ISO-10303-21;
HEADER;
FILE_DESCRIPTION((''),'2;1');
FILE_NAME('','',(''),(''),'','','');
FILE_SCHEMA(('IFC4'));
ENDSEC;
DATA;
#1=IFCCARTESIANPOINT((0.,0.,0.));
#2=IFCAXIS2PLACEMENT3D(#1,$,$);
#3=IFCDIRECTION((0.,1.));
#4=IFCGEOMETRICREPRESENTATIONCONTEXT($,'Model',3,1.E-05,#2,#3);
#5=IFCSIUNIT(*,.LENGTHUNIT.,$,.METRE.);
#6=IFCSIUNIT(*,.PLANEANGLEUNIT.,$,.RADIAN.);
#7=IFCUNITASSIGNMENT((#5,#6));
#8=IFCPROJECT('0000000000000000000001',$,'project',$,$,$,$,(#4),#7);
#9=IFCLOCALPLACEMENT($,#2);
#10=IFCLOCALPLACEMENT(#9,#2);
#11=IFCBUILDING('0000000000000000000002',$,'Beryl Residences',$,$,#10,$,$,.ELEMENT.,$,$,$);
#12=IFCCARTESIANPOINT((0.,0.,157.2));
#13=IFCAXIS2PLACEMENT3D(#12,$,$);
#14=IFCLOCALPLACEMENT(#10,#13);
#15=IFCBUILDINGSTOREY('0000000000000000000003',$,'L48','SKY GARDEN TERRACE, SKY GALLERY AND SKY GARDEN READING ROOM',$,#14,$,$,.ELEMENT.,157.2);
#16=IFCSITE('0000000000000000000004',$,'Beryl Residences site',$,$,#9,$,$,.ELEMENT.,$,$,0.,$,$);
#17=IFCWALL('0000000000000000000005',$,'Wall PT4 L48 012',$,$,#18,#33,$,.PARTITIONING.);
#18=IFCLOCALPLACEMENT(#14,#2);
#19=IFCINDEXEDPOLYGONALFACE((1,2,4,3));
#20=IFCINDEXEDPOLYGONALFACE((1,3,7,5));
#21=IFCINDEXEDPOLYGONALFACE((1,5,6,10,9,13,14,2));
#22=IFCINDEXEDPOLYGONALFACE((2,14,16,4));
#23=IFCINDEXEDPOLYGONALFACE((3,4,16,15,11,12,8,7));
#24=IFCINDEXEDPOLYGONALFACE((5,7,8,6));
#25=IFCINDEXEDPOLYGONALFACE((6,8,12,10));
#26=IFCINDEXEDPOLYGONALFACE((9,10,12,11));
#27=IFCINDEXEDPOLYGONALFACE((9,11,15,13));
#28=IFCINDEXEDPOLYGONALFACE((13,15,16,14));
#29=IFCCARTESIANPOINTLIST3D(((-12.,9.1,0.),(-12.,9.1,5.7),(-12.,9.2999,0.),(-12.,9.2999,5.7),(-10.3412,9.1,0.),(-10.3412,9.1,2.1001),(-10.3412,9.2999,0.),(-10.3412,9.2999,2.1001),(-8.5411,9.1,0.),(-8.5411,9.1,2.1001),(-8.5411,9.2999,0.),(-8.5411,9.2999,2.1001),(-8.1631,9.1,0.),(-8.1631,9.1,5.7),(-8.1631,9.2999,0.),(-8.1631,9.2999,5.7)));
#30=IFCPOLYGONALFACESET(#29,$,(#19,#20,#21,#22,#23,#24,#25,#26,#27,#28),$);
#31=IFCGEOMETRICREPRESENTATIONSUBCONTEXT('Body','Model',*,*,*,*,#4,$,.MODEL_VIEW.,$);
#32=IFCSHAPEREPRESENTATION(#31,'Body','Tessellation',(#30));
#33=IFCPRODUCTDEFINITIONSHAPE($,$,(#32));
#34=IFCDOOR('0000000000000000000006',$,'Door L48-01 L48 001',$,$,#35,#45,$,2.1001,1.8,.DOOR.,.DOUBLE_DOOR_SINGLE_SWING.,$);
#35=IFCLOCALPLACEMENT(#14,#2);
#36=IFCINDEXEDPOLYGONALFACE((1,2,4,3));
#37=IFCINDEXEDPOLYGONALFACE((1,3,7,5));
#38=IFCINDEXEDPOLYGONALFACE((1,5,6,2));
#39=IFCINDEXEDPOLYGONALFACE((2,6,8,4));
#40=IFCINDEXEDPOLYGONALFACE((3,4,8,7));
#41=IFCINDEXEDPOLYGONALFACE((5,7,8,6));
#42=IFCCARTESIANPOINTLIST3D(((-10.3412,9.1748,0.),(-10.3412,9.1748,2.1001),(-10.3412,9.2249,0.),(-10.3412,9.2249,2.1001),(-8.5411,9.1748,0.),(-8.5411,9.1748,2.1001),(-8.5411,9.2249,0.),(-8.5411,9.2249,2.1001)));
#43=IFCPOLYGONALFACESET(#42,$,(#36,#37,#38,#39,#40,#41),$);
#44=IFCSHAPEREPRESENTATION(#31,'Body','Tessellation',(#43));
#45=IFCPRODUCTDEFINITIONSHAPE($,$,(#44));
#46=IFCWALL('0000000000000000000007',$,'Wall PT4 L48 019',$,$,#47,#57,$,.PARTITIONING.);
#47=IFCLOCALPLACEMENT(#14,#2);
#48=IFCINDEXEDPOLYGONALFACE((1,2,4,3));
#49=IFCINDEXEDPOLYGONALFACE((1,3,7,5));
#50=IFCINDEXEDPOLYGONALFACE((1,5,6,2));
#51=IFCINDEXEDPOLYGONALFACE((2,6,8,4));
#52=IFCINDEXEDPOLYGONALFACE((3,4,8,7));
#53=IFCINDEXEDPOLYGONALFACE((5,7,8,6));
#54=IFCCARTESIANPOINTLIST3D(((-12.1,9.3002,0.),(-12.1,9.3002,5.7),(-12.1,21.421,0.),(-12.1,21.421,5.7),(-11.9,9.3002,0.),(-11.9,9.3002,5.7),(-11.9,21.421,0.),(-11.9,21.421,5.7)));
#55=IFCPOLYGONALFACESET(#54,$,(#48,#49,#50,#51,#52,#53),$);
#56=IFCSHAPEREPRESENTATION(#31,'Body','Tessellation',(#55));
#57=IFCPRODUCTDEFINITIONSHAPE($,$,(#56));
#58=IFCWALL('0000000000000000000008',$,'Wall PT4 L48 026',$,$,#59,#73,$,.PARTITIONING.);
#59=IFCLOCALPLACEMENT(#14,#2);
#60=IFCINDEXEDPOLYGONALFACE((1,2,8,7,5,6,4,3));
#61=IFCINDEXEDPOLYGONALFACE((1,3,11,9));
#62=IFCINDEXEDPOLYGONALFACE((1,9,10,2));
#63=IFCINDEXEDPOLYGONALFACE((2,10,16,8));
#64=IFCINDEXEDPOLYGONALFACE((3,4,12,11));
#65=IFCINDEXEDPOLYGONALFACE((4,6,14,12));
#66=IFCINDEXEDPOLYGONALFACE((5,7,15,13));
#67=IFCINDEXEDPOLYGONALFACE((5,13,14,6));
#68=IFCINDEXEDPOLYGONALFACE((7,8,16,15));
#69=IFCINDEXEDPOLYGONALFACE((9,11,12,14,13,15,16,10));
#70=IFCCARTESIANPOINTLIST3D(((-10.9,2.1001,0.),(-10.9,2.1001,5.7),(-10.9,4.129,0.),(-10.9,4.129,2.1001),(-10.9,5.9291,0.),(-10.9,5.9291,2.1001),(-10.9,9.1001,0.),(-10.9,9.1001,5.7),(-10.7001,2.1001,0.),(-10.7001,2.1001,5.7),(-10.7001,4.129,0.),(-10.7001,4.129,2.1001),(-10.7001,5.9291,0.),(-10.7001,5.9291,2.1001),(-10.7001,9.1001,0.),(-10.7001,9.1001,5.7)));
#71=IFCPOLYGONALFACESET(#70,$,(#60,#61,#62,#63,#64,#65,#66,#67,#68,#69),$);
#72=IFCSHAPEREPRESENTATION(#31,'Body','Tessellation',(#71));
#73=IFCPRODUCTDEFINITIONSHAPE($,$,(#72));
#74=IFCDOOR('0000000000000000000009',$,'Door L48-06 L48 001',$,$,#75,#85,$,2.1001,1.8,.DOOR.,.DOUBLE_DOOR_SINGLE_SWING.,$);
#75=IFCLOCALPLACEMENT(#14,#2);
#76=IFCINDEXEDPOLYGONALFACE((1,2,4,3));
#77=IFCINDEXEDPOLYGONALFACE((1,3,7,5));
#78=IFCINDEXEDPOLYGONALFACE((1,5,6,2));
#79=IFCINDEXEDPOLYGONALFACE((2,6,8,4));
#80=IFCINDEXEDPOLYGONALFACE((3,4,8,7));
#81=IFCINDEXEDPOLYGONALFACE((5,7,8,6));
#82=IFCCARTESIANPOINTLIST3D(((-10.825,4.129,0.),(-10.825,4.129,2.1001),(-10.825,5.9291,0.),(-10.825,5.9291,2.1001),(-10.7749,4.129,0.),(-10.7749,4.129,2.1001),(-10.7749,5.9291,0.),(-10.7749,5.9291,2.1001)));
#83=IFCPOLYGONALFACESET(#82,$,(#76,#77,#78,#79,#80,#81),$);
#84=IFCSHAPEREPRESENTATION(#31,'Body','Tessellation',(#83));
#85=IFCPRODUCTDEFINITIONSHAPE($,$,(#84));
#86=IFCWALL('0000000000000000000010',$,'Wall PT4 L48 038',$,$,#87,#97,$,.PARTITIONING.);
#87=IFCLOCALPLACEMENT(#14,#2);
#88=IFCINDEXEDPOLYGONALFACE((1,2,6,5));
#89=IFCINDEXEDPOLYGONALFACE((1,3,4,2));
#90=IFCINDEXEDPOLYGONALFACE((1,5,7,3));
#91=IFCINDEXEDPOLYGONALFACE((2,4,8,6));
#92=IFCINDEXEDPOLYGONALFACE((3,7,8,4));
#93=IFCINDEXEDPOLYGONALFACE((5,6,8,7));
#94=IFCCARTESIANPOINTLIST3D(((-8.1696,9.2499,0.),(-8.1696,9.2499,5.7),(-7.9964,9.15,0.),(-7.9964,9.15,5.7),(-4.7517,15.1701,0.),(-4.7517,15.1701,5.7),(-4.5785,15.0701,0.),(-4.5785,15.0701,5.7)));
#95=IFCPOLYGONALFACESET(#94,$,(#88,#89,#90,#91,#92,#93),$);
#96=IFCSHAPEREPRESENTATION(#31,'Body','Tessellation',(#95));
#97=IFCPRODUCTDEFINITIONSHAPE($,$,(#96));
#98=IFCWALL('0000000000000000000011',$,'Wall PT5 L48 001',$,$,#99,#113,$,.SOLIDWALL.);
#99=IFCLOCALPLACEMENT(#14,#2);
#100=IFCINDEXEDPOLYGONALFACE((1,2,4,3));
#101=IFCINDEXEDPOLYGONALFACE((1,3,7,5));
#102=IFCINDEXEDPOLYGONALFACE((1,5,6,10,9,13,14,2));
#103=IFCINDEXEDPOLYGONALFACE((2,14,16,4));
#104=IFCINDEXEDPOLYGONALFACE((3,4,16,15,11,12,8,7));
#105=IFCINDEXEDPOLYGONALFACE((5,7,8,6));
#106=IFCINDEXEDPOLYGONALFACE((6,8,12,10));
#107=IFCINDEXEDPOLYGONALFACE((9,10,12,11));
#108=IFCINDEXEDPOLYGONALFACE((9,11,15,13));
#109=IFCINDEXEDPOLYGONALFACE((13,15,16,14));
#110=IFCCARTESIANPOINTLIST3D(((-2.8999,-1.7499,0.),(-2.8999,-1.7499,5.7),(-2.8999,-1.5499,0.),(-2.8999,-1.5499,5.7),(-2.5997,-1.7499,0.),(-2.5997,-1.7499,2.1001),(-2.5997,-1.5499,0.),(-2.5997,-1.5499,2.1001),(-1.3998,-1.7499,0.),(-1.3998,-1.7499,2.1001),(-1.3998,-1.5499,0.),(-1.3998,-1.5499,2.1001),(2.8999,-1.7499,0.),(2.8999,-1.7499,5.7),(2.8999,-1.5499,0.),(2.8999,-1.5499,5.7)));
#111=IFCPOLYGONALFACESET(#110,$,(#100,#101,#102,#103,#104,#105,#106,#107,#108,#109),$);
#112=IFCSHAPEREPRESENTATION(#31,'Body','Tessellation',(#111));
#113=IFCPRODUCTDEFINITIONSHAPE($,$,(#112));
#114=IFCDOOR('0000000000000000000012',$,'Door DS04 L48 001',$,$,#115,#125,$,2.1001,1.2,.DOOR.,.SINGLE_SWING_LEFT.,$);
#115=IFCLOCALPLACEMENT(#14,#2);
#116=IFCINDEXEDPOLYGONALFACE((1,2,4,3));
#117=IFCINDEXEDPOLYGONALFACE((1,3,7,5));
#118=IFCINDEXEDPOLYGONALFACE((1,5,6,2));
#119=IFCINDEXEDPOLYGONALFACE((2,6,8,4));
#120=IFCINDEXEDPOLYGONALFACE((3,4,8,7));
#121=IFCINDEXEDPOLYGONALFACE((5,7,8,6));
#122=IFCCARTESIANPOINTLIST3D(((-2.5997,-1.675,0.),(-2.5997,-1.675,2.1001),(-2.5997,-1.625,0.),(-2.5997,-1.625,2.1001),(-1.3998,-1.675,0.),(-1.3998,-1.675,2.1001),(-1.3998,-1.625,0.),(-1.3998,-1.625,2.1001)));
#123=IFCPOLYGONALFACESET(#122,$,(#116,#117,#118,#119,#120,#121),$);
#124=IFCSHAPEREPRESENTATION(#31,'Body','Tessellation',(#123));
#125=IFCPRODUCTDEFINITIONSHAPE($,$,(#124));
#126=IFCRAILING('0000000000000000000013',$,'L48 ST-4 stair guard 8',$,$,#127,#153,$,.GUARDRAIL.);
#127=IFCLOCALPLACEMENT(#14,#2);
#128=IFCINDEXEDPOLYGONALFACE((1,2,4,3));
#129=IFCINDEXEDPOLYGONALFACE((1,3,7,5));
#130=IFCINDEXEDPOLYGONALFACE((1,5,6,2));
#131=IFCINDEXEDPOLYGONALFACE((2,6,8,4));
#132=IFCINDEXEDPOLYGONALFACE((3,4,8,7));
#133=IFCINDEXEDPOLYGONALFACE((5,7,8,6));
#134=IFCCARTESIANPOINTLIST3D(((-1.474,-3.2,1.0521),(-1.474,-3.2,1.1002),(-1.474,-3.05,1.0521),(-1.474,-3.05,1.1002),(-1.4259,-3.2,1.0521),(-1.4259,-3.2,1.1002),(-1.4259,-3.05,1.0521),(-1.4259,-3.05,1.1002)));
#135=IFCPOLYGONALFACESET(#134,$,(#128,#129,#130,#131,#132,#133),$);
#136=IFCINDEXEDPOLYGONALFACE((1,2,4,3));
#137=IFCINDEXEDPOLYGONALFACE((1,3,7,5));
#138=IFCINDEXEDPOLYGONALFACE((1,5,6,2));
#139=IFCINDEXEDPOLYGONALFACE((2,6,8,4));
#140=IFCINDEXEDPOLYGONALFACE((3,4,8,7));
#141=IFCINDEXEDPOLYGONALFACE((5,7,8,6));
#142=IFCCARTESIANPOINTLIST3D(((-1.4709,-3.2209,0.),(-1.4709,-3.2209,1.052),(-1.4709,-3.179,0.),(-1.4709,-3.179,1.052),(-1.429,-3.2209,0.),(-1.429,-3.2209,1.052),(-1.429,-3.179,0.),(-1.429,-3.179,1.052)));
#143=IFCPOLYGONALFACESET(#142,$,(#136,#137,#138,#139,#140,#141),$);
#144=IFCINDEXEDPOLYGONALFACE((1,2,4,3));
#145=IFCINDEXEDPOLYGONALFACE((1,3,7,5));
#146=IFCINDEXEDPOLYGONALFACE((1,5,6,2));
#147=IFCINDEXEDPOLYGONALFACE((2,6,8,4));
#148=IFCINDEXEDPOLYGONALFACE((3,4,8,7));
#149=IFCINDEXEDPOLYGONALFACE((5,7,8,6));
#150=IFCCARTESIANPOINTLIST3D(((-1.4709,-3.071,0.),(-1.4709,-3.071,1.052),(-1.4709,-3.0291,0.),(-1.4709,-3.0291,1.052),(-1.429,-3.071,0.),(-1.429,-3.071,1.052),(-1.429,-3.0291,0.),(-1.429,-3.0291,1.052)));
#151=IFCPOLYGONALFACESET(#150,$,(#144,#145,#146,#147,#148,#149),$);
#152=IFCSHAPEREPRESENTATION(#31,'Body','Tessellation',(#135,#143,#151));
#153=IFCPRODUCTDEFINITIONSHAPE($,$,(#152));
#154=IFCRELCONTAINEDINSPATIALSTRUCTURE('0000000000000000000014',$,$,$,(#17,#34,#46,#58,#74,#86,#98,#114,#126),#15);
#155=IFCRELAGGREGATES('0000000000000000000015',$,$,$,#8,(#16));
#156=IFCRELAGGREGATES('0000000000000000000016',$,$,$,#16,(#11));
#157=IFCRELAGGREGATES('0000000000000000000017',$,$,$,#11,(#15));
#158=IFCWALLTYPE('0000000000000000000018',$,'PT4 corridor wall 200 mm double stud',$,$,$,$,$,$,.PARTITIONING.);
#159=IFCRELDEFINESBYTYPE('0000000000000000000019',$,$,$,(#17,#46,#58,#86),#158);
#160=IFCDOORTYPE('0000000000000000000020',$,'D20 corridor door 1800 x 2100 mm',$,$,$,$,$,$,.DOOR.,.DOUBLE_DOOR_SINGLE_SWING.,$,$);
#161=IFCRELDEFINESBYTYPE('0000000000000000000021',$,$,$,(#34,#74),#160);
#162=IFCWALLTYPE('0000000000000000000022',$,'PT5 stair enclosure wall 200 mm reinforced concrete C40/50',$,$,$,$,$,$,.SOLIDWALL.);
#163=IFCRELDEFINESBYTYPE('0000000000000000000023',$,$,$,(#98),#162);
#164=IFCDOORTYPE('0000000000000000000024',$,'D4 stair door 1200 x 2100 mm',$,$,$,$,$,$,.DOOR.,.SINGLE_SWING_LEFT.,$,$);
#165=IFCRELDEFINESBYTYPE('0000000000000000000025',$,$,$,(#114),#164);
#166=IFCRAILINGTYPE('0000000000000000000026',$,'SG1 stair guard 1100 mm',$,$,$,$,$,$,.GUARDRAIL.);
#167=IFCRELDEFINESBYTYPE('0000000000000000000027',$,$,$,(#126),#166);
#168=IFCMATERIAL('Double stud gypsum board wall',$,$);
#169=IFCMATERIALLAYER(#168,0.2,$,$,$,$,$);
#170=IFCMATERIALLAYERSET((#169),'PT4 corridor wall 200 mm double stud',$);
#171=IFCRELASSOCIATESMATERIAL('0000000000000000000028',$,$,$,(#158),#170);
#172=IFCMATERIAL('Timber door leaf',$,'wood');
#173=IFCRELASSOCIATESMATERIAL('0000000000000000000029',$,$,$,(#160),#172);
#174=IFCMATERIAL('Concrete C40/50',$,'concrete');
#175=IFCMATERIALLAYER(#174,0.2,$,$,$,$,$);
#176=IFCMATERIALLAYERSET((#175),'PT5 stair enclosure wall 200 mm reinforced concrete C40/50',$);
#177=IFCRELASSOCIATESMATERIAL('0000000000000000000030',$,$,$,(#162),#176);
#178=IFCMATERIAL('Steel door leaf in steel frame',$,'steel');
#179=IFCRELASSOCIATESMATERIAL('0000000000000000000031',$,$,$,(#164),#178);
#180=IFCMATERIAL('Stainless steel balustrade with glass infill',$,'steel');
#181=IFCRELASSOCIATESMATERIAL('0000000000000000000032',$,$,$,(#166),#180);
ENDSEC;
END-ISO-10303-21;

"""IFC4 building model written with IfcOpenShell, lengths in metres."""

from ifc_helpers import new_model, si_unit, direction, frame, frame_2d, origin, origin_2d, place, context, subcontext, project, spatial, rectangle, extrude, material, layer, layer_set, type_object, element, fill, save


model = new_model("IFC4")

# Units and contexts
model_context = context("Model", 3, precision=1e-05, world=origin(), true_north=direction((0.0, 1.0)))
body_context = subcontext(model_context, "Body", "Model", "MODEL_VIEW")
ifc_project = project(units=[si_unit("LENGTHUNIT", "METRE"), si_unit("PLANEANGLEUNIT", "RADIAN")], contexts=[model_context])

# Site, building, storey
site_placement = place(None, origin())
site = spatial("IfcSite", under=ifc_project, at=site_placement, Name="Beryl Residences site", CompositionType="ELEMENT", RefElevation=0.0)
building_placement = place(site_placement, origin())
building = spatial("IfcBuilding", under=site, at=building_placement, Name="Beryl Residences", CompositionType="ELEMENT")
storey_placement = place(building_placement, frame((0.0, 0.0, 157.2)))
storey = spatial("IfcBuildingStorey", under=building, at=storey_placement, Name="L48", Description="SKY GARDEN TERRACE, SKY GALLERY AND SKY GARDEN READING ROOM", CompositionType="ELEMENT", Elevation=157.2)

# Wall, opening, door
ifc_material_1 = material(Name="Double stud gypsum board wall")
ifc_layer_1 = layer(ifc_material_1, 0.2)
ifc_layer_set_1 = layer_set([ifc_layer_1], Name="PT4 corridor wall 200 mm double stud")
wall_type_1 = type_object("IfcWallType", Name="PT4 corridor wall 200 mm double stud", PredefinedType="PARTITIONING", material=ifc_layer_set_1)
wall_1_placement = place(storey_placement, frame((-12.0, 9.2, 0.0), z_axis=(0.0, 0.0, 1.0), x_axis=(1.0, 0.0, 0.0)))
wall_1 = element("IfcWall", 1, at=wall_1_placement, inside=storey, type_object=wall_type_1, Name="Wall PT4 L48 012", PredefinedType="PARTITIONING", context=body_context, shape_type="SweptSolid", body=[
    extrude(rectangle(XDim=3.8369, YDim=0.2, at=frame_2d((1.9185, 0.0))), origin(), (0.0, 0.0, 1.0), 5.7),
])
opening_1_placement = place(wall_1_placement, frame((1.6589, 0.0, 0.0)))
opening_1 = element("IfcOpeningElement", 2, at=opening_1_placement, cuts=wall_1, PredefinedType="OPENING", context=body_context, shape_type="SweptSolid", body=[
    extrude(rectangle(XDim=1.8, YDim=2.1001, at=frame_2d((0.8999, 1.05))), frame((0.0, 0.1099, 0.0), z_axis=(0.0, -1.0, 0.0), x_axis=(1.0, 0.0, 0.0)), (0.0, 0.0, 1.0), 0.22),
])
ifc_material_2 = material(Name="Timber door leaf", Category="wood")
door_type_1 = type_object("IfcDoorType", Name="D20 corridor door 1800 x 2100 mm", OperationType="DOUBLE_DOOR_SINGLE_SWING", PredefinedType="DOOR", material=ifc_material_2)
door_1_placement = place(opening_1_placement, origin())
door_1 = element("IfcDoor", 3, at=door_1_placement, inside=storey, type_object=door_type_1, Name="Door L48-01 L48 001", OperationType="DOUBLE_DOOR_SINGLE_SWING", OverallHeight=2.1001, OverallWidth=1.8, PredefinedType="DOOR", context=body_context, shape_type="SweptSolid", body=[
    extrude(rectangle(XDim=1.8, YDim=2.1001, at=frame_2d((0.8999, 1.05))), frame((0.0, 0.0249, 0.0), z_axis=(0.0, -1.0, 0.0), x_axis=(1.0, 0.0, 0.0)), (0.0, 0.0, 1.0), 0.05),
])
fill(opening_1, door_1)

# Wall
wall_2_placement = place(storey_placement, frame((-12.0, 9.3, 0.0), z_axis=(0.0, 0.0, 1.0), x_axis=(0.0, 1.0, 0.0)))
element("IfcWall", 4, at=wall_2_placement, inside=storey, type_object=wall_type_1, Name="Wall PT4 L48 019", PredefinedType="PARTITIONING", context=body_context, shape_type="SweptSolid", body=[
    extrude(rectangle(XDim=12.1208, YDim=0.2, at=frame_2d((6.0605, 0.0))), origin(), (0.0, 0.0, 1.0), 5.7),
])

# Wall, opening, door
wall_3_placement = place(storey_placement, frame((-10.8, 2.1001, 0.0), z_axis=(0.0, 0.0, 1.0), x_axis=(0.0, 1.0, 0.0)))
wall_3 = element("IfcWall", 5, at=wall_3_placement, inside=storey, type_object=wall_type_1, Name="Wall PT4 L48 026", PredefinedType="PARTITIONING", context=body_context, shape_type="SweptSolid", body=[
    extrude(rectangle(XDim=7.0, YDim=0.2, at=frame_2d((3.5, 0.0))), origin(), (0.0, 0.0, 1.0), 5.7),
])
opening_2_placement = place(wall_3_placement, frame((2.0291, 0.0, 0.0)))
opening_2 = element("IfcOpeningElement", 6, at=opening_2_placement, cuts=wall_3, PredefinedType="OPENING", context=body_context, shape_type="SweptSolid", body=[
    extrude(rectangle(XDim=1.8, YDim=2.1001, at=frame_2d((0.8999, 1.05))), frame((0.0, 0.1099, 0.0), z_axis=(0.0, -1.0, 0.0), x_axis=(1.0, 0.0, 0.0)), (0.0, 0.0, 1.0), 0.22),
])
door_2_placement = place(opening_2_placement, origin())
door_2 = element("IfcDoor", 7, at=door_2_placement, inside=storey, type_object=door_type_1, Name="Door L48-06 L48 001", OperationType="DOUBLE_DOOR_SINGLE_SWING", OverallHeight=2.1001, OverallWidth=1.8, PredefinedType="DOOR", context=body_context, shape_type="SweptSolid", body=[
    extrude(rectangle(XDim=1.8, YDim=2.1001, at=frame_2d((0.8999, 1.05))), frame((0.0, 0.0249, 0.0), z_axis=(0.0, -1.0, 0.0), x_axis=(1.0, 0.0, 0.0)), (0.0, 0.0, 1.0), 0.05),
])
fill(opening_2, door_2)

# Wall
wall_4_placement = place(storey_placement, frame((-8.083, 9.2, 0.0), z_axis=(0.0, 0.0, 1.0), x_axis=(0.499996, 0.866028, 0.0)))
element("IfcWall", 8, at=wall_4_placement, inside=storey, type_object=wall_type_1, Name="Wall PT4 L48 038", PredefinedType="PARTITIONING", context=body_context, shape_type="SweptSolid", body=[
    extrude(rectangle(XDim=6.8359, YDim=0.2, at=frame_2d((3.418, 0.0))), origin(), (0.0, 0.0, 1.0), 5.7),
])

# Wall, opening, door
ifc_material_3 = material(Name="Concrete C40/50", Category="concrete")
ifc_layer_2 = layer(ifc_material_3, 0.2)
ifc_layer_set_2 = layer_set([ifc_layer_2], Name="PT5 stair enclosure wall 200 mm reinforced concrete C40/50")
wall_type_2 = type_object("IfcWallType", Name="PT5 stair enclosure wall 200 mm reinforced concrete C40/50", PredefinedType="SOLIDWALL", material=ifc_layer_set_2)
wall_5_placement = place(storey_placement, frame((-2.8999, -1.6499, 0.0), z_axis=(0.0, 0.0, 1.0), x_axis=(1.0, 0.0, 0.0)))
wall_5 = element("IfcWall", 9, at=wall_5_placement, inside=storey, type_object=wall_type_2, Name="Wall PT5 L48 001", PredefinedType="SOLIDWALL", context=body_context, shape_type="SweptSolid", body=[
    extrude(rectangle(XDim=5.7998, YDim=0.2, at=frame_2d((2.8999, 0.0))), origin(), (0.0, 0.0, 1.0), 5.7),
])
opening_3_placement = place(wall_5_placement, frame((0.3, 0.0, 0.0)))
opening_3 = element("IfcOpeningElement", 10, at=opening_3_placement, cuts=wall_5, PredefinedType="OPENING", context=body_context, shape_type="SweptSolid", body=[
    extrude(rectangle(XDim=1.2, YDim=2.1001, at=frame_2d((0.6001, 1.05))), frame((0.0, 0.1099, 0.0), z_axis=(0.0, -1.0, 0.0), x_axis=(1.0, 0.0, 0.0)), (0.0, 0.0, 1.0), 0.22),
])
ifc_material_4 = material(Name="Steel door leaf in steel frame", Category="steel")
door_type_2 = type_object("IfcDoorType", Name="D4 stair door 1200 x 2100 mm", OperationType="SINGLE_SWING_LEFT", PredefinedType="DOOR", material=ifc_material_4)
door_3_placement = place(opening_3_placement, origin())
door_3 = element("IfcDoor", 11, at=door_3_placement, inside=storey, type_object=door_type_2, Name="Door DS04 L48 001", OperationType="SINGLE_SWING_LEFT", OverallHeight=2.1001, OverallWidth=1.2, PredefinedType="DOOR", context=body_context, shape_type="SweptSolid", body=[
    extrude(rectangle(XDim=1.2, YDim=2.1001, at=frame_2d((0.6001, 1.05))), frame((0.0, 0.0249, 0.0), z_axis=(0.0, -1.0, 0.0), x_axis=(1.0, 0.0, 0.0)), (0.0, 0.0, 1.0), 0.05),
])
fill(opening_3, door_3)

# Railing
ifc_material_5 = material(Name="Stainless steel balustrade with glass infill", Category="steel")
railing_type = type_object("IfcRailingType", Name="SG1 stair guard 1100 mm", PredefinedType="GUARDRAIL", material=ifc_material_5)
railing_placement = place(storey_placement, frame((-1.45, -3.2, 0.0)))
element("IfcRailing", 12, at=railing_placement, inside=storey, type_object=railing_type, Name="L48 ST-4 stair guard 8", PredefinedType="GUARDRAIL", context=body_context, shape_type="SweptSolid", body=[
    extrude(rectangle(XDim=0.0481, YDim=0.0481, at=origin_2d()), frame((0.0, 0.0, 1.0762), z_axis=(0.0, 1.0, 0.0), x_axis=(-1.0, 0.0, 0.0)), (0.0, 0.0, 1.0), 0.1499),
    extrude(rectangle(XDim=0.042, YDim=0.042, at=origin_2d()), origin(), (0.0, 0.0, 1.0), 1.052),
    extrude(rectangle(XDim=0.042, YDim=0.042, at=origin_2d()), frame((0.0, 0.1499, 0.0)), (0.0, 0.0, 1.0), 1.052),
])

save(model, "model.ifc")
